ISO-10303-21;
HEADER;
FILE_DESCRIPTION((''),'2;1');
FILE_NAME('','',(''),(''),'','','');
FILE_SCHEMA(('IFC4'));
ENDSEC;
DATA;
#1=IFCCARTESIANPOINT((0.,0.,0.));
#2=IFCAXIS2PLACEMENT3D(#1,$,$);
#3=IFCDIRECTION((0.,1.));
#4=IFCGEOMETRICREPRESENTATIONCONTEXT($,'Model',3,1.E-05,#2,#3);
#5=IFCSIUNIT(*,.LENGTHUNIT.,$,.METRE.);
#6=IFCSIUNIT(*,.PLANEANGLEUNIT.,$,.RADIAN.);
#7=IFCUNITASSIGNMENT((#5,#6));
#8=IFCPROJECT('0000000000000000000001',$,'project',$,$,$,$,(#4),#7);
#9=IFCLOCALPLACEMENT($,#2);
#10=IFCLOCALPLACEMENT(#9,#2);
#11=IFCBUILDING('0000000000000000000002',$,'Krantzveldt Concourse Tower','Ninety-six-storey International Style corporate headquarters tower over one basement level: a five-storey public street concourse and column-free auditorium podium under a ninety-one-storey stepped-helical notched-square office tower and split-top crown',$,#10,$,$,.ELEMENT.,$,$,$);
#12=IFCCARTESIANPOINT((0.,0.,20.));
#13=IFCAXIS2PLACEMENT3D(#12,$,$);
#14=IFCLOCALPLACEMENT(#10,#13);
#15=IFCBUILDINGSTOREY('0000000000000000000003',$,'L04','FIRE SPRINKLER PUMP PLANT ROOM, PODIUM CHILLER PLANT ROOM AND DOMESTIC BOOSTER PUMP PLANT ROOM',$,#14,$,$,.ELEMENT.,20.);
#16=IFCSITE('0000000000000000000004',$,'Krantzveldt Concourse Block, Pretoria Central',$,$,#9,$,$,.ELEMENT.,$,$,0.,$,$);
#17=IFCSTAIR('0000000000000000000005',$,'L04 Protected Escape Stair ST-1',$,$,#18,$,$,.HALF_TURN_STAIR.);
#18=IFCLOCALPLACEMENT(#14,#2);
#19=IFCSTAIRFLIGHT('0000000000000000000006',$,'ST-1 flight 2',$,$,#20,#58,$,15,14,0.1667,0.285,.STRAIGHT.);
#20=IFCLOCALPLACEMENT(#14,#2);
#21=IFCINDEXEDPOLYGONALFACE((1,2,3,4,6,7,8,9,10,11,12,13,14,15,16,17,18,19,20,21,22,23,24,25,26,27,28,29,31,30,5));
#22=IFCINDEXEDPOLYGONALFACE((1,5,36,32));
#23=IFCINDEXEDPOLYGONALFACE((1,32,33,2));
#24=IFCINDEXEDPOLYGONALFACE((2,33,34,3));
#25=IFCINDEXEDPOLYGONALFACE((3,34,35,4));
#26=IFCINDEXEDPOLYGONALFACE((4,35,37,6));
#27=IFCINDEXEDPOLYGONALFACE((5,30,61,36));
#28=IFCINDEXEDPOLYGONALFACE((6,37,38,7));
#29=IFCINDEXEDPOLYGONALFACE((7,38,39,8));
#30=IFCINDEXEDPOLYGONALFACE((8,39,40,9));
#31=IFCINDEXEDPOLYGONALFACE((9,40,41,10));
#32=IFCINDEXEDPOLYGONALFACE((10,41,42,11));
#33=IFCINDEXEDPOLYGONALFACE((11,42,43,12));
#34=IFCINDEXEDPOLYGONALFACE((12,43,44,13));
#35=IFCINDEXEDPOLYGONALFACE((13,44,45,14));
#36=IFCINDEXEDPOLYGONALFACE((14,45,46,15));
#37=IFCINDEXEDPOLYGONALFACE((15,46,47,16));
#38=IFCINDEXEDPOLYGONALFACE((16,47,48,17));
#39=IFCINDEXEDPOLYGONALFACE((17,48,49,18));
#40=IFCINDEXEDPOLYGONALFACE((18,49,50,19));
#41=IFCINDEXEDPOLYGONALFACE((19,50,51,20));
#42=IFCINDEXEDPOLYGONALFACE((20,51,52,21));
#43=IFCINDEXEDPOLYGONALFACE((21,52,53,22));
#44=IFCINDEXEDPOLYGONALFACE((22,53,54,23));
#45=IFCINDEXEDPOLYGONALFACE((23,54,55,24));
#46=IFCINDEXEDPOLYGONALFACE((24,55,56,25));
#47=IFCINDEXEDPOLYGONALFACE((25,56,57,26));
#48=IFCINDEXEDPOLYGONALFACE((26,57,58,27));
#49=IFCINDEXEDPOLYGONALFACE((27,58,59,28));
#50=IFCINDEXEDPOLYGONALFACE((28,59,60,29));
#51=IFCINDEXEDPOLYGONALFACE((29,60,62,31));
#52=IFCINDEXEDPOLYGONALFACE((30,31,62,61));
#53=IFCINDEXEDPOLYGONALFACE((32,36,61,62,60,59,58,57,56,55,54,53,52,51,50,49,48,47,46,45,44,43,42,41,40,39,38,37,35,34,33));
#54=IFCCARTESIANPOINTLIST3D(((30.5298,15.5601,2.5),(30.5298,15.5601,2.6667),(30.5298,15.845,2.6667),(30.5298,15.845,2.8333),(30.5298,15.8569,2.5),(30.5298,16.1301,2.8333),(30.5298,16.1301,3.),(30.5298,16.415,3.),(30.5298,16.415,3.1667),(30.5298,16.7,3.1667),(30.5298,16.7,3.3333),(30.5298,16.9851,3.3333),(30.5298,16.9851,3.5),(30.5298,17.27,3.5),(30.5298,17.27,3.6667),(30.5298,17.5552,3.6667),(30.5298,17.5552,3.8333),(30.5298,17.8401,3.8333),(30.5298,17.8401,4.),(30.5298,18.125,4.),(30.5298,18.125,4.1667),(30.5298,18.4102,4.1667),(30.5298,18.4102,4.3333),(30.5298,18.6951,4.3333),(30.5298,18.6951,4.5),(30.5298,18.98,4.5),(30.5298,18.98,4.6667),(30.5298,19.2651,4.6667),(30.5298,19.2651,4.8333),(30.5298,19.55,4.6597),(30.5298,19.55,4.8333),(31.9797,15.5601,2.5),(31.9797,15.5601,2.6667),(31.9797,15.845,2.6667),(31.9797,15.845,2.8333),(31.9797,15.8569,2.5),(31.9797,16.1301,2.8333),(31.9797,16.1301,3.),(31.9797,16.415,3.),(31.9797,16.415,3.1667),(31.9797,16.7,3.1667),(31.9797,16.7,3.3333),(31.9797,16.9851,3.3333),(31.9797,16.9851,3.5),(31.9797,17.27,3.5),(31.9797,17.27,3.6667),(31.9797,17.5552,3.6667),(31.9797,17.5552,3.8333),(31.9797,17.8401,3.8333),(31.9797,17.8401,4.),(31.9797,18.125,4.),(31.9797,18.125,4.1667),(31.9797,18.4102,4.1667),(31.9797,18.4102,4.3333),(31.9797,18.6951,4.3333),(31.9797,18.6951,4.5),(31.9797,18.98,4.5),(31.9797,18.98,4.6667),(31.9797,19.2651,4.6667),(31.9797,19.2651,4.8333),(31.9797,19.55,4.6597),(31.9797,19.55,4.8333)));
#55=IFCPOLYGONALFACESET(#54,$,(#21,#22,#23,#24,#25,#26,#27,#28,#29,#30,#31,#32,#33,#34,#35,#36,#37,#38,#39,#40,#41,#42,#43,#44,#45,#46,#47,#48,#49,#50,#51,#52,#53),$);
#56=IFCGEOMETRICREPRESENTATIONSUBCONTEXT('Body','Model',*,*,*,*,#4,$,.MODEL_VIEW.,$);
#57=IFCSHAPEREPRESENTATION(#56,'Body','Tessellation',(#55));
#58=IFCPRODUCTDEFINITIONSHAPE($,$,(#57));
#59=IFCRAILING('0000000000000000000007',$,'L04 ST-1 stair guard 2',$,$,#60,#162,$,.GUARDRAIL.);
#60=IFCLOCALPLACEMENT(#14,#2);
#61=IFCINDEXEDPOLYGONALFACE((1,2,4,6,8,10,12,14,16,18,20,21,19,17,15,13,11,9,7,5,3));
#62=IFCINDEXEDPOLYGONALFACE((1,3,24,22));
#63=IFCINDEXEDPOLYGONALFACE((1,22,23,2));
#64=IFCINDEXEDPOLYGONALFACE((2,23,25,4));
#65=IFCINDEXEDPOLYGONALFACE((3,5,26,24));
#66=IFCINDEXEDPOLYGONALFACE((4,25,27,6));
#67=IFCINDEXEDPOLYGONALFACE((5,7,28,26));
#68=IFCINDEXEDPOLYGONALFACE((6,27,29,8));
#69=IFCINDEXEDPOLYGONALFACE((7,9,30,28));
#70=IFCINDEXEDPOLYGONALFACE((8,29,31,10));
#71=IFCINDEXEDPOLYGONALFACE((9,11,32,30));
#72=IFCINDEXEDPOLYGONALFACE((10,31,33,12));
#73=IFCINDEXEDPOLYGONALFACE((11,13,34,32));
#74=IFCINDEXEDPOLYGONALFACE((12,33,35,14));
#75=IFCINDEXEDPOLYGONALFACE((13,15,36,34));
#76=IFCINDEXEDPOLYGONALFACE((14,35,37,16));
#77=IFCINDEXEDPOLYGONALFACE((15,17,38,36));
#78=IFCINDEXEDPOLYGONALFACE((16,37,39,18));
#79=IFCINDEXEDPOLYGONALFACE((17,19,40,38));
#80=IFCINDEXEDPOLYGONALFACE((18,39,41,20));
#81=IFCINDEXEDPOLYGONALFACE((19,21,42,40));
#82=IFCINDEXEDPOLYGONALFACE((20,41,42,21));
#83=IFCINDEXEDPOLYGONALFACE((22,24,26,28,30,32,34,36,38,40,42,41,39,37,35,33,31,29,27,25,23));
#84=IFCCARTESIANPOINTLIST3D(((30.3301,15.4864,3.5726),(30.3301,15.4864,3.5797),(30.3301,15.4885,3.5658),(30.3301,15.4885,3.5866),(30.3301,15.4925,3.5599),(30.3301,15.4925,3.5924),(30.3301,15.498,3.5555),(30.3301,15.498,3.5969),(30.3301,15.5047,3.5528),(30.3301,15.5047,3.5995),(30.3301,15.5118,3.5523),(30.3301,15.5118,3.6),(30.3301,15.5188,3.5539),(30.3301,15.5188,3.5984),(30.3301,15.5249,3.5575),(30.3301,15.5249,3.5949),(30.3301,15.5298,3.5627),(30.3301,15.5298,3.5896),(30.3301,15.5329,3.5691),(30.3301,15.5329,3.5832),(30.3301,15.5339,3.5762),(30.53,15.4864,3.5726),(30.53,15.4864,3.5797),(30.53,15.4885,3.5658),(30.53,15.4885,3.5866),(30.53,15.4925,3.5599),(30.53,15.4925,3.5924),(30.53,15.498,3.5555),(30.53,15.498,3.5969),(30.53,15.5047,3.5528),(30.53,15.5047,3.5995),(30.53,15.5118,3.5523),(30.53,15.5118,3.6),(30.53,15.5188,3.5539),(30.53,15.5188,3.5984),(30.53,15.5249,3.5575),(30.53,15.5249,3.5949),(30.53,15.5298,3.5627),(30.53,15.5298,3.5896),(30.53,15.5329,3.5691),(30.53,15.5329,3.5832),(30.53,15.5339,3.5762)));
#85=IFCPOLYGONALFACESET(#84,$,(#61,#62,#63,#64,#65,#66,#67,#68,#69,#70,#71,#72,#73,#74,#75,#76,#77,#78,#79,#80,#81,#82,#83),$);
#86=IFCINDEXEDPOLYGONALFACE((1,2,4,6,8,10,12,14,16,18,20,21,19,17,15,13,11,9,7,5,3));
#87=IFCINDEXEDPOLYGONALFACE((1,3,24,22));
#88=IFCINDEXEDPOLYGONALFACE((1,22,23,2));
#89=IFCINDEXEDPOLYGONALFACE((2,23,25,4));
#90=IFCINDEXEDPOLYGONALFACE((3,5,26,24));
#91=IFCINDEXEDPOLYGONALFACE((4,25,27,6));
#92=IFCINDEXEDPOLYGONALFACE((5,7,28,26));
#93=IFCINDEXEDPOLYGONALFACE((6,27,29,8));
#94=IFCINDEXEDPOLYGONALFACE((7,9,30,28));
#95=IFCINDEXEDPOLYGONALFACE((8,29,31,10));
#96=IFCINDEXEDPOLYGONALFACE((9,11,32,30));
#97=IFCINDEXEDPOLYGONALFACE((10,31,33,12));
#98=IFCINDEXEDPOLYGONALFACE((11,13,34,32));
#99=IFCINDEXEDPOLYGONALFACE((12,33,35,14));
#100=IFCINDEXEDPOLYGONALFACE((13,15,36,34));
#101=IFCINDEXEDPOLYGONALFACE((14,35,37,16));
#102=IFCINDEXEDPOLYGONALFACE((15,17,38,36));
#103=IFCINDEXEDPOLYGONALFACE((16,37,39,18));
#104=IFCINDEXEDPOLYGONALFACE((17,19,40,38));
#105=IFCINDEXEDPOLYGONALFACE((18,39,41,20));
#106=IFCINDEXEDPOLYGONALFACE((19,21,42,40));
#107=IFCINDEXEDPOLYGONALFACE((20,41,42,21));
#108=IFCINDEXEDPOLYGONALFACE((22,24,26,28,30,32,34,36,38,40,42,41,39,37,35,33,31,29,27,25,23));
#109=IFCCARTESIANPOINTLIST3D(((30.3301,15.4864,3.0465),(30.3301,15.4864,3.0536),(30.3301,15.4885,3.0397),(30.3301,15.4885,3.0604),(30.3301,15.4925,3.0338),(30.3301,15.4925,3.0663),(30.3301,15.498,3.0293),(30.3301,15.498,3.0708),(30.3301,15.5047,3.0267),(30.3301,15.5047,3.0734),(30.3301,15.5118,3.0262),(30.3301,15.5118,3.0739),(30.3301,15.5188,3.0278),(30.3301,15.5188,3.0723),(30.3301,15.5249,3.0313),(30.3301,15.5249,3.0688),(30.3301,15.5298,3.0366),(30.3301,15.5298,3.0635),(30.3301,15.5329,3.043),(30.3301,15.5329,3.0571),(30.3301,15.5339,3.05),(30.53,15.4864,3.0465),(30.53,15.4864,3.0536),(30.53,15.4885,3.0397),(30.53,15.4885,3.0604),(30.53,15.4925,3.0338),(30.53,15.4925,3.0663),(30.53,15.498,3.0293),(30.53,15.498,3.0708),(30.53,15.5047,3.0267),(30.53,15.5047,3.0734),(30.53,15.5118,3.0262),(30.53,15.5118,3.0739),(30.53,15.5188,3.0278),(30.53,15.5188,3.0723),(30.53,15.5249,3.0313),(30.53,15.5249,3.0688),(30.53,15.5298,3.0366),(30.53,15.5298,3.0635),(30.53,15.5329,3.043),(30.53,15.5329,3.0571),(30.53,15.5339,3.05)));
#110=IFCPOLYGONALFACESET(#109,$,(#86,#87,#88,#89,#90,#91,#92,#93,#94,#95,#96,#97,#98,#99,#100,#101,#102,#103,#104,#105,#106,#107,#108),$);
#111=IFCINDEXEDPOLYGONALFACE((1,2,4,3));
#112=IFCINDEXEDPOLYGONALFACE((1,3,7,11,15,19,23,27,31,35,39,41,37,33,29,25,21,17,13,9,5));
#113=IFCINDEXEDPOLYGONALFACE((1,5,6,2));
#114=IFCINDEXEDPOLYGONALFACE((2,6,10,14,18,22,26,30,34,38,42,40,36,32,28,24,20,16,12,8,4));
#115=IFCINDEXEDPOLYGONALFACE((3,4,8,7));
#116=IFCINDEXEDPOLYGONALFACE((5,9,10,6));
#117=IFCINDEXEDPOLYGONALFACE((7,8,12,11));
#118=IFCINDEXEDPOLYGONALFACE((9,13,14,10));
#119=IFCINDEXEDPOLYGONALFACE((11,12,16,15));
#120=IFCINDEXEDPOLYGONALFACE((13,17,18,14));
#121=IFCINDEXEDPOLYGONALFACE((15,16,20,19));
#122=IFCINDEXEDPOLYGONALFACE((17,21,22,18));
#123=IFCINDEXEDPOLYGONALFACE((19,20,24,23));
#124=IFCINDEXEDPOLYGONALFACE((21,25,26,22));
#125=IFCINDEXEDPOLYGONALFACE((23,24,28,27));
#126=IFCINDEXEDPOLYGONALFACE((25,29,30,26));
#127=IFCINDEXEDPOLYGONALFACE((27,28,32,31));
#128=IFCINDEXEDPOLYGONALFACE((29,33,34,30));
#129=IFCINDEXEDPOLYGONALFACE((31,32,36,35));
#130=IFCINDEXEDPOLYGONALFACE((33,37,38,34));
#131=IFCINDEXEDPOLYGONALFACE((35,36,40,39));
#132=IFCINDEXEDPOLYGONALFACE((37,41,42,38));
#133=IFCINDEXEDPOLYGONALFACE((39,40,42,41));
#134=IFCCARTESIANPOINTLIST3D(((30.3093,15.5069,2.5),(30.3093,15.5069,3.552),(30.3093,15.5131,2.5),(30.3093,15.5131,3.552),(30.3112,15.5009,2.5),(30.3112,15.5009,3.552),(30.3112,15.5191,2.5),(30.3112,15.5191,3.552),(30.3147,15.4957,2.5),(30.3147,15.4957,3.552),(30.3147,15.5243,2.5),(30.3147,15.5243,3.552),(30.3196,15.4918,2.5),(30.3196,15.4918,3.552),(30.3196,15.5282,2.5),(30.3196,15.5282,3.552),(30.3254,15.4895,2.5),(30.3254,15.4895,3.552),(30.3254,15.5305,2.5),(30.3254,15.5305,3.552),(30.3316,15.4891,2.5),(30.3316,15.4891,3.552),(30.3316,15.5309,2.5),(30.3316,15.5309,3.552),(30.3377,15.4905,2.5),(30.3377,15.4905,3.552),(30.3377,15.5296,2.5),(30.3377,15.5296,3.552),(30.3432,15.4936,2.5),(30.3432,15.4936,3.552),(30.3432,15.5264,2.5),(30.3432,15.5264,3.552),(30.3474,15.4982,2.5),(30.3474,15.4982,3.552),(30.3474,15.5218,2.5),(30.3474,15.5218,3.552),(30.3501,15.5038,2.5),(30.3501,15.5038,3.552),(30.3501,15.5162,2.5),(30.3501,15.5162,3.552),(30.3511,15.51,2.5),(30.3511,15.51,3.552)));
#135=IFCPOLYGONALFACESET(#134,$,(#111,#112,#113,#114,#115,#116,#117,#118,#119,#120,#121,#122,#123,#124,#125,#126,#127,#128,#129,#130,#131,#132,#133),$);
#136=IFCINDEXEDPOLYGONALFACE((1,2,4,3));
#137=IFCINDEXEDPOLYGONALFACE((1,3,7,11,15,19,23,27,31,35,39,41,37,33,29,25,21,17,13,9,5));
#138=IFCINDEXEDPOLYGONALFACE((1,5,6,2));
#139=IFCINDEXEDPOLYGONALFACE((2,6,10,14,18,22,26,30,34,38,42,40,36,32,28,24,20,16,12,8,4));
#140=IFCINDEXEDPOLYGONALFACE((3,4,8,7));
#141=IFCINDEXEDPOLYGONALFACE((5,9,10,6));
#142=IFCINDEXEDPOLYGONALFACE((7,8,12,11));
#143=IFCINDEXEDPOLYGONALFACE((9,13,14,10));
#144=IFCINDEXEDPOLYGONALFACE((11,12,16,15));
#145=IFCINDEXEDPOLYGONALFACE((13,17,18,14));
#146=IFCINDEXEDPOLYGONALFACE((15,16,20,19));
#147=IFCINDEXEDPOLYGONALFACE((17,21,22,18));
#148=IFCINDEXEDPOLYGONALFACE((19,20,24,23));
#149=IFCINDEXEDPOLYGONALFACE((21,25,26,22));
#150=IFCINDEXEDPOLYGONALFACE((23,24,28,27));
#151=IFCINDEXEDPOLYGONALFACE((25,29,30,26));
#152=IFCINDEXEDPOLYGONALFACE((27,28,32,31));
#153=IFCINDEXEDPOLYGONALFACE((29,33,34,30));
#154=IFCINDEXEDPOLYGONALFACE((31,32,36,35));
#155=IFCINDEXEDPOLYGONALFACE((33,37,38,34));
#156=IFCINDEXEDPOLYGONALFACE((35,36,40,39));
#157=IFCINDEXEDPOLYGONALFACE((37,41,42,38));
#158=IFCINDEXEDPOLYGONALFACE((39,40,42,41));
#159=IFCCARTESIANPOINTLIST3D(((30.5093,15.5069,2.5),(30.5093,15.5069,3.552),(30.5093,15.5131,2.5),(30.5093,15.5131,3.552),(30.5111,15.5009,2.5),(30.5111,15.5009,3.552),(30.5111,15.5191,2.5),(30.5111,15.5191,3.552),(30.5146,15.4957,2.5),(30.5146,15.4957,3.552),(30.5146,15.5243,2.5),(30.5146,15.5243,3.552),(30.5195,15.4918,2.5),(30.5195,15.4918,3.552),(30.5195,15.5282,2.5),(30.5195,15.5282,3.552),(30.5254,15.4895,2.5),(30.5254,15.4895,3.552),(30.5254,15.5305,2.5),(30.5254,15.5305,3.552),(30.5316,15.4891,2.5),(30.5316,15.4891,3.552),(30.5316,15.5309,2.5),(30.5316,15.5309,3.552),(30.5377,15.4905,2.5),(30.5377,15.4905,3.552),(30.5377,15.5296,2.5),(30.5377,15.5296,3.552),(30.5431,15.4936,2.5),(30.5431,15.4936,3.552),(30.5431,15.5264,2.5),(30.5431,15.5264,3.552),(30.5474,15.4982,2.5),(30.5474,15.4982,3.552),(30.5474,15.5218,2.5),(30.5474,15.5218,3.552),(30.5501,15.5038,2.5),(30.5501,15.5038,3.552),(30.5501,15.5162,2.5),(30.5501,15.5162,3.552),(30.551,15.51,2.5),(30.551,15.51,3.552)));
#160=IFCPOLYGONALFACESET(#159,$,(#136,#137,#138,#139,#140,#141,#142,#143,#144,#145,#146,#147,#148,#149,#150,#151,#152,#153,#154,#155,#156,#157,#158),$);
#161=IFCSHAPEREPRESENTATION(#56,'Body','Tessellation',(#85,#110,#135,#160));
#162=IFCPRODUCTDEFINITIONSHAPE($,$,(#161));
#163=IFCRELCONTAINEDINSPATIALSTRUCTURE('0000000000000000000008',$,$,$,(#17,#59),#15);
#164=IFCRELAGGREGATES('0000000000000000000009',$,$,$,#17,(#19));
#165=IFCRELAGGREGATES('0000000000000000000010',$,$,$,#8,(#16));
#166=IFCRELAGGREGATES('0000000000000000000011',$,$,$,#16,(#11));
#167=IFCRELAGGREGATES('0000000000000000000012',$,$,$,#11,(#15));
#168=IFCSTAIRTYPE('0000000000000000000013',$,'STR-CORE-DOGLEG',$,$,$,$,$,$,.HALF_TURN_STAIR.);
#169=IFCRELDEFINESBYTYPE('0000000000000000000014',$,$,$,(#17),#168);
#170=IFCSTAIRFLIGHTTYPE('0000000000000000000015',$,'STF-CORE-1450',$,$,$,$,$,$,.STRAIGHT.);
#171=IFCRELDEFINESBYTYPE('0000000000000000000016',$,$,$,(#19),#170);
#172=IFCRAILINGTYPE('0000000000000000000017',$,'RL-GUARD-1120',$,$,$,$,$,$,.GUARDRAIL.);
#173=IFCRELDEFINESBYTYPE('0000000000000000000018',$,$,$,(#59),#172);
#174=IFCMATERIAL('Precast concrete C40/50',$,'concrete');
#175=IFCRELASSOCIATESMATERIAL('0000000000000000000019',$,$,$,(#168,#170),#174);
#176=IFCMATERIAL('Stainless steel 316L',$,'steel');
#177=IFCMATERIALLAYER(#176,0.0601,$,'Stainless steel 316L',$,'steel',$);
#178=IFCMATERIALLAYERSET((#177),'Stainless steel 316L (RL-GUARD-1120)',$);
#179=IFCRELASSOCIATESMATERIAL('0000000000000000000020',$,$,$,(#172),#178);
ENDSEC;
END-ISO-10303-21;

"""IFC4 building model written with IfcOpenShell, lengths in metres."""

from ifc_helpers import new_model, si_unit, direction, frame, origin, origin_2d, place, context, subcontext, project, spatial, polyline, circle, outline, extrude, material, layer, layer_set, type_object, element, aggregate, save


model = new_model("IFC4")

# Units and contexts
model_context = context("Model", 3, precision=1e-05, world=origin(), true_north=direction((0.0, 1.0)))
body_context = subcontext(model_context, "Body", "Model", "MODEL_VIEW")
ifc_project = project(units=[si_unit("LENGTHUNIT", "METRE"), si_unit("PLANEANGLEUNIT", "RADIAN")], contexts=[model_context])

# Site, building, storey
site_placement = place(None, origin())
site = spatial("IfcSite", under=ifc_project, at=site_placement, Name="Krantzveldt Concourse Block, Pretoria Central", CompositionType="ELEMENT", RefElevation=0.0)
building_placement = place(site_placement, origin())
building = spatial("IfcBuilding", under=site, at=building_placement, Name="Krantzveldt Concourse Tower", Description="Ninety-six-storey International Style corporate headquarters tower over one basement level: a five-storey public street concourse and column-free auditorium podium under a ninety-one-storey stepped-helical notched-square office tower and split-top crown", CompositionType="ELEMENT")
storey_placement = place(building_placement, frame((0.0, 0.0, 20.0)))
storey = spatial("IfcBuildingStorey", under=building, at=storey_placement, Name="L04", Description="FIRE SPRINKLER PUMP PLANT ROOM, PODIUM CHILLER PLANT ROOM AND DOMESTIC BOOSTER PUMP PLANT ROOM", CompositionType="ELEMENT", Elevation=20.0)

# Shared definitions
ifc_material_1 = material(Name="Stainless steel 316L", Category="steel")

# Stair, stair flight
ifc_material_2 = material(Name="Precast concrete C40/50", Category="concrete")
stair_type = type_object("IfcStairType", Name="STR-CORE-DOGLEG", PredefinedType="HALF_TURN_STAIR", material=ifc_material_2)
stair_placement = place(storey_placement, origin())
stair = element("IfcStair", 1, at=stair_placement, inside=storey, type_object=stair_type, Name="L04 Protected Escape Stair ST-1", PredefinedType="HALF_TURN_STAIR")
stair_flight_type = type_object("IfcStairFlightType", Name="STF-CORE-1450", PredefinedType="STRAIGHT", material=ifc_material_2)
stair_flight_1_placement = place(storey_placement, frame((31.2549, 15.5601, 2.5), z_axis=(0.0, 0.0, 1.0), x_axis=(0.0, 1.0, 0.0)))
stair_flight_1 = element("IfcStairFlight", 2, at=stair_flight_1_placement, type_object=stair_flight_type, Name="ST-1 flight 2", NumberOfRisers=15, NumberOfTreads=14, PredefinedType="STRAIGHT", RiserHeight=0.1667, TreadLength=0.285, context=body_context, shape_type="SweptSolid", body=[
    extrude(outline(polyline([(0.0, 0.0), (0.0, 0.1667), (0.2849, 0.1667), (0.2849, 0.3333), (0.5701, 0.3333), (0.5701, 0.5), (0.855, 0.5), (0.855, 0.6667), (1.1399, 0.6667), (1.1399, 0.8333), (1.425, 0.8333), (1.425, 1.0), (1.71, 1.0), (1.71, 1.1667), (1.9951, 1.1667), (1.9951, 1.3333), (2.28, 1.3333), (2.28, 1.5), (2.5649, 1.5), (2.5649, 1.6667), (2.8501, 1.6667), (2.8501, 1.8333), (3.135, 1.8333), (3.135, 2.0), (3.4199, 2.0), (3.4199, 2.1667), (3.7051, 2.1667), (3.7051, 2.3333), (3.99, 2.3333), (3.99, 2.5), (3.99, 2.1597), (0.2969, 0.0), (0.0, 0.0)])), frame((0.0, 0.7251, 0.0), z_axis=(0.0, -1.0, 0.0), x_axis=(1.0, 0.0, 0.0)), (0.0, 0.0, 1.0), 1.45),
])
aggregate(stair, [stair_flight_1])

# Railing
ifc_layer_1 = layer(ifc_material_1, 0.0601, Name="Stainless steel 316L", Category="steel")
ifc_layer_set_1 = layer_set([ifc_layer_1], Name="Stainless steel 316L (RL-GUARD-1120)")
railing_type_1 = type_object("IfcRailingType", Name="RL-GUARD-1120", PredefinedType="GUARDRAIL", material=ifc_layer_set_1)
railing_1_placement = place(storey_placement, frame((30.3301, 15.51, 2.5)))
element("IfcRailing", 3, at=railing_1_placement, inside=storey, type_object=railing_type_1, Name="L04 ST-1 stair guard 2", PredefinedType="GUARDRAIL", context=body_context, shape_type="SweptSolid", body=[
    extrude(circle(Radius=0.0239, at=origin_2d()), frame((0.0, 0.0, 1.0762), z_axis=(1.0, 0.0, 0.0), x_axis=(0.0, 1.0, 0.0)), (0.0, 0.0, 1.0), 0.2),
    extrude(circle(Radius=0.0239, at=origin_2d()), frame((0.0, 0.0, 0.55), z_axis=(1.0, 0.0, 0.0), x_axis=(0.0, 1.0, 0.0)), (0.0, 0.0, 1.0), 0.2),
    extrude(circle(Radius=0.021, at=origin_2d()), origin(), (0.0, 0.0, 1.0), 1.052),
    extrude(circle(Radius=0.021, at=origin_2d()), frame((0.2, 0.0, 0.0)), (0.0, 0.0, 1.0), 1.052),
])

save(model, "model.ifc")
